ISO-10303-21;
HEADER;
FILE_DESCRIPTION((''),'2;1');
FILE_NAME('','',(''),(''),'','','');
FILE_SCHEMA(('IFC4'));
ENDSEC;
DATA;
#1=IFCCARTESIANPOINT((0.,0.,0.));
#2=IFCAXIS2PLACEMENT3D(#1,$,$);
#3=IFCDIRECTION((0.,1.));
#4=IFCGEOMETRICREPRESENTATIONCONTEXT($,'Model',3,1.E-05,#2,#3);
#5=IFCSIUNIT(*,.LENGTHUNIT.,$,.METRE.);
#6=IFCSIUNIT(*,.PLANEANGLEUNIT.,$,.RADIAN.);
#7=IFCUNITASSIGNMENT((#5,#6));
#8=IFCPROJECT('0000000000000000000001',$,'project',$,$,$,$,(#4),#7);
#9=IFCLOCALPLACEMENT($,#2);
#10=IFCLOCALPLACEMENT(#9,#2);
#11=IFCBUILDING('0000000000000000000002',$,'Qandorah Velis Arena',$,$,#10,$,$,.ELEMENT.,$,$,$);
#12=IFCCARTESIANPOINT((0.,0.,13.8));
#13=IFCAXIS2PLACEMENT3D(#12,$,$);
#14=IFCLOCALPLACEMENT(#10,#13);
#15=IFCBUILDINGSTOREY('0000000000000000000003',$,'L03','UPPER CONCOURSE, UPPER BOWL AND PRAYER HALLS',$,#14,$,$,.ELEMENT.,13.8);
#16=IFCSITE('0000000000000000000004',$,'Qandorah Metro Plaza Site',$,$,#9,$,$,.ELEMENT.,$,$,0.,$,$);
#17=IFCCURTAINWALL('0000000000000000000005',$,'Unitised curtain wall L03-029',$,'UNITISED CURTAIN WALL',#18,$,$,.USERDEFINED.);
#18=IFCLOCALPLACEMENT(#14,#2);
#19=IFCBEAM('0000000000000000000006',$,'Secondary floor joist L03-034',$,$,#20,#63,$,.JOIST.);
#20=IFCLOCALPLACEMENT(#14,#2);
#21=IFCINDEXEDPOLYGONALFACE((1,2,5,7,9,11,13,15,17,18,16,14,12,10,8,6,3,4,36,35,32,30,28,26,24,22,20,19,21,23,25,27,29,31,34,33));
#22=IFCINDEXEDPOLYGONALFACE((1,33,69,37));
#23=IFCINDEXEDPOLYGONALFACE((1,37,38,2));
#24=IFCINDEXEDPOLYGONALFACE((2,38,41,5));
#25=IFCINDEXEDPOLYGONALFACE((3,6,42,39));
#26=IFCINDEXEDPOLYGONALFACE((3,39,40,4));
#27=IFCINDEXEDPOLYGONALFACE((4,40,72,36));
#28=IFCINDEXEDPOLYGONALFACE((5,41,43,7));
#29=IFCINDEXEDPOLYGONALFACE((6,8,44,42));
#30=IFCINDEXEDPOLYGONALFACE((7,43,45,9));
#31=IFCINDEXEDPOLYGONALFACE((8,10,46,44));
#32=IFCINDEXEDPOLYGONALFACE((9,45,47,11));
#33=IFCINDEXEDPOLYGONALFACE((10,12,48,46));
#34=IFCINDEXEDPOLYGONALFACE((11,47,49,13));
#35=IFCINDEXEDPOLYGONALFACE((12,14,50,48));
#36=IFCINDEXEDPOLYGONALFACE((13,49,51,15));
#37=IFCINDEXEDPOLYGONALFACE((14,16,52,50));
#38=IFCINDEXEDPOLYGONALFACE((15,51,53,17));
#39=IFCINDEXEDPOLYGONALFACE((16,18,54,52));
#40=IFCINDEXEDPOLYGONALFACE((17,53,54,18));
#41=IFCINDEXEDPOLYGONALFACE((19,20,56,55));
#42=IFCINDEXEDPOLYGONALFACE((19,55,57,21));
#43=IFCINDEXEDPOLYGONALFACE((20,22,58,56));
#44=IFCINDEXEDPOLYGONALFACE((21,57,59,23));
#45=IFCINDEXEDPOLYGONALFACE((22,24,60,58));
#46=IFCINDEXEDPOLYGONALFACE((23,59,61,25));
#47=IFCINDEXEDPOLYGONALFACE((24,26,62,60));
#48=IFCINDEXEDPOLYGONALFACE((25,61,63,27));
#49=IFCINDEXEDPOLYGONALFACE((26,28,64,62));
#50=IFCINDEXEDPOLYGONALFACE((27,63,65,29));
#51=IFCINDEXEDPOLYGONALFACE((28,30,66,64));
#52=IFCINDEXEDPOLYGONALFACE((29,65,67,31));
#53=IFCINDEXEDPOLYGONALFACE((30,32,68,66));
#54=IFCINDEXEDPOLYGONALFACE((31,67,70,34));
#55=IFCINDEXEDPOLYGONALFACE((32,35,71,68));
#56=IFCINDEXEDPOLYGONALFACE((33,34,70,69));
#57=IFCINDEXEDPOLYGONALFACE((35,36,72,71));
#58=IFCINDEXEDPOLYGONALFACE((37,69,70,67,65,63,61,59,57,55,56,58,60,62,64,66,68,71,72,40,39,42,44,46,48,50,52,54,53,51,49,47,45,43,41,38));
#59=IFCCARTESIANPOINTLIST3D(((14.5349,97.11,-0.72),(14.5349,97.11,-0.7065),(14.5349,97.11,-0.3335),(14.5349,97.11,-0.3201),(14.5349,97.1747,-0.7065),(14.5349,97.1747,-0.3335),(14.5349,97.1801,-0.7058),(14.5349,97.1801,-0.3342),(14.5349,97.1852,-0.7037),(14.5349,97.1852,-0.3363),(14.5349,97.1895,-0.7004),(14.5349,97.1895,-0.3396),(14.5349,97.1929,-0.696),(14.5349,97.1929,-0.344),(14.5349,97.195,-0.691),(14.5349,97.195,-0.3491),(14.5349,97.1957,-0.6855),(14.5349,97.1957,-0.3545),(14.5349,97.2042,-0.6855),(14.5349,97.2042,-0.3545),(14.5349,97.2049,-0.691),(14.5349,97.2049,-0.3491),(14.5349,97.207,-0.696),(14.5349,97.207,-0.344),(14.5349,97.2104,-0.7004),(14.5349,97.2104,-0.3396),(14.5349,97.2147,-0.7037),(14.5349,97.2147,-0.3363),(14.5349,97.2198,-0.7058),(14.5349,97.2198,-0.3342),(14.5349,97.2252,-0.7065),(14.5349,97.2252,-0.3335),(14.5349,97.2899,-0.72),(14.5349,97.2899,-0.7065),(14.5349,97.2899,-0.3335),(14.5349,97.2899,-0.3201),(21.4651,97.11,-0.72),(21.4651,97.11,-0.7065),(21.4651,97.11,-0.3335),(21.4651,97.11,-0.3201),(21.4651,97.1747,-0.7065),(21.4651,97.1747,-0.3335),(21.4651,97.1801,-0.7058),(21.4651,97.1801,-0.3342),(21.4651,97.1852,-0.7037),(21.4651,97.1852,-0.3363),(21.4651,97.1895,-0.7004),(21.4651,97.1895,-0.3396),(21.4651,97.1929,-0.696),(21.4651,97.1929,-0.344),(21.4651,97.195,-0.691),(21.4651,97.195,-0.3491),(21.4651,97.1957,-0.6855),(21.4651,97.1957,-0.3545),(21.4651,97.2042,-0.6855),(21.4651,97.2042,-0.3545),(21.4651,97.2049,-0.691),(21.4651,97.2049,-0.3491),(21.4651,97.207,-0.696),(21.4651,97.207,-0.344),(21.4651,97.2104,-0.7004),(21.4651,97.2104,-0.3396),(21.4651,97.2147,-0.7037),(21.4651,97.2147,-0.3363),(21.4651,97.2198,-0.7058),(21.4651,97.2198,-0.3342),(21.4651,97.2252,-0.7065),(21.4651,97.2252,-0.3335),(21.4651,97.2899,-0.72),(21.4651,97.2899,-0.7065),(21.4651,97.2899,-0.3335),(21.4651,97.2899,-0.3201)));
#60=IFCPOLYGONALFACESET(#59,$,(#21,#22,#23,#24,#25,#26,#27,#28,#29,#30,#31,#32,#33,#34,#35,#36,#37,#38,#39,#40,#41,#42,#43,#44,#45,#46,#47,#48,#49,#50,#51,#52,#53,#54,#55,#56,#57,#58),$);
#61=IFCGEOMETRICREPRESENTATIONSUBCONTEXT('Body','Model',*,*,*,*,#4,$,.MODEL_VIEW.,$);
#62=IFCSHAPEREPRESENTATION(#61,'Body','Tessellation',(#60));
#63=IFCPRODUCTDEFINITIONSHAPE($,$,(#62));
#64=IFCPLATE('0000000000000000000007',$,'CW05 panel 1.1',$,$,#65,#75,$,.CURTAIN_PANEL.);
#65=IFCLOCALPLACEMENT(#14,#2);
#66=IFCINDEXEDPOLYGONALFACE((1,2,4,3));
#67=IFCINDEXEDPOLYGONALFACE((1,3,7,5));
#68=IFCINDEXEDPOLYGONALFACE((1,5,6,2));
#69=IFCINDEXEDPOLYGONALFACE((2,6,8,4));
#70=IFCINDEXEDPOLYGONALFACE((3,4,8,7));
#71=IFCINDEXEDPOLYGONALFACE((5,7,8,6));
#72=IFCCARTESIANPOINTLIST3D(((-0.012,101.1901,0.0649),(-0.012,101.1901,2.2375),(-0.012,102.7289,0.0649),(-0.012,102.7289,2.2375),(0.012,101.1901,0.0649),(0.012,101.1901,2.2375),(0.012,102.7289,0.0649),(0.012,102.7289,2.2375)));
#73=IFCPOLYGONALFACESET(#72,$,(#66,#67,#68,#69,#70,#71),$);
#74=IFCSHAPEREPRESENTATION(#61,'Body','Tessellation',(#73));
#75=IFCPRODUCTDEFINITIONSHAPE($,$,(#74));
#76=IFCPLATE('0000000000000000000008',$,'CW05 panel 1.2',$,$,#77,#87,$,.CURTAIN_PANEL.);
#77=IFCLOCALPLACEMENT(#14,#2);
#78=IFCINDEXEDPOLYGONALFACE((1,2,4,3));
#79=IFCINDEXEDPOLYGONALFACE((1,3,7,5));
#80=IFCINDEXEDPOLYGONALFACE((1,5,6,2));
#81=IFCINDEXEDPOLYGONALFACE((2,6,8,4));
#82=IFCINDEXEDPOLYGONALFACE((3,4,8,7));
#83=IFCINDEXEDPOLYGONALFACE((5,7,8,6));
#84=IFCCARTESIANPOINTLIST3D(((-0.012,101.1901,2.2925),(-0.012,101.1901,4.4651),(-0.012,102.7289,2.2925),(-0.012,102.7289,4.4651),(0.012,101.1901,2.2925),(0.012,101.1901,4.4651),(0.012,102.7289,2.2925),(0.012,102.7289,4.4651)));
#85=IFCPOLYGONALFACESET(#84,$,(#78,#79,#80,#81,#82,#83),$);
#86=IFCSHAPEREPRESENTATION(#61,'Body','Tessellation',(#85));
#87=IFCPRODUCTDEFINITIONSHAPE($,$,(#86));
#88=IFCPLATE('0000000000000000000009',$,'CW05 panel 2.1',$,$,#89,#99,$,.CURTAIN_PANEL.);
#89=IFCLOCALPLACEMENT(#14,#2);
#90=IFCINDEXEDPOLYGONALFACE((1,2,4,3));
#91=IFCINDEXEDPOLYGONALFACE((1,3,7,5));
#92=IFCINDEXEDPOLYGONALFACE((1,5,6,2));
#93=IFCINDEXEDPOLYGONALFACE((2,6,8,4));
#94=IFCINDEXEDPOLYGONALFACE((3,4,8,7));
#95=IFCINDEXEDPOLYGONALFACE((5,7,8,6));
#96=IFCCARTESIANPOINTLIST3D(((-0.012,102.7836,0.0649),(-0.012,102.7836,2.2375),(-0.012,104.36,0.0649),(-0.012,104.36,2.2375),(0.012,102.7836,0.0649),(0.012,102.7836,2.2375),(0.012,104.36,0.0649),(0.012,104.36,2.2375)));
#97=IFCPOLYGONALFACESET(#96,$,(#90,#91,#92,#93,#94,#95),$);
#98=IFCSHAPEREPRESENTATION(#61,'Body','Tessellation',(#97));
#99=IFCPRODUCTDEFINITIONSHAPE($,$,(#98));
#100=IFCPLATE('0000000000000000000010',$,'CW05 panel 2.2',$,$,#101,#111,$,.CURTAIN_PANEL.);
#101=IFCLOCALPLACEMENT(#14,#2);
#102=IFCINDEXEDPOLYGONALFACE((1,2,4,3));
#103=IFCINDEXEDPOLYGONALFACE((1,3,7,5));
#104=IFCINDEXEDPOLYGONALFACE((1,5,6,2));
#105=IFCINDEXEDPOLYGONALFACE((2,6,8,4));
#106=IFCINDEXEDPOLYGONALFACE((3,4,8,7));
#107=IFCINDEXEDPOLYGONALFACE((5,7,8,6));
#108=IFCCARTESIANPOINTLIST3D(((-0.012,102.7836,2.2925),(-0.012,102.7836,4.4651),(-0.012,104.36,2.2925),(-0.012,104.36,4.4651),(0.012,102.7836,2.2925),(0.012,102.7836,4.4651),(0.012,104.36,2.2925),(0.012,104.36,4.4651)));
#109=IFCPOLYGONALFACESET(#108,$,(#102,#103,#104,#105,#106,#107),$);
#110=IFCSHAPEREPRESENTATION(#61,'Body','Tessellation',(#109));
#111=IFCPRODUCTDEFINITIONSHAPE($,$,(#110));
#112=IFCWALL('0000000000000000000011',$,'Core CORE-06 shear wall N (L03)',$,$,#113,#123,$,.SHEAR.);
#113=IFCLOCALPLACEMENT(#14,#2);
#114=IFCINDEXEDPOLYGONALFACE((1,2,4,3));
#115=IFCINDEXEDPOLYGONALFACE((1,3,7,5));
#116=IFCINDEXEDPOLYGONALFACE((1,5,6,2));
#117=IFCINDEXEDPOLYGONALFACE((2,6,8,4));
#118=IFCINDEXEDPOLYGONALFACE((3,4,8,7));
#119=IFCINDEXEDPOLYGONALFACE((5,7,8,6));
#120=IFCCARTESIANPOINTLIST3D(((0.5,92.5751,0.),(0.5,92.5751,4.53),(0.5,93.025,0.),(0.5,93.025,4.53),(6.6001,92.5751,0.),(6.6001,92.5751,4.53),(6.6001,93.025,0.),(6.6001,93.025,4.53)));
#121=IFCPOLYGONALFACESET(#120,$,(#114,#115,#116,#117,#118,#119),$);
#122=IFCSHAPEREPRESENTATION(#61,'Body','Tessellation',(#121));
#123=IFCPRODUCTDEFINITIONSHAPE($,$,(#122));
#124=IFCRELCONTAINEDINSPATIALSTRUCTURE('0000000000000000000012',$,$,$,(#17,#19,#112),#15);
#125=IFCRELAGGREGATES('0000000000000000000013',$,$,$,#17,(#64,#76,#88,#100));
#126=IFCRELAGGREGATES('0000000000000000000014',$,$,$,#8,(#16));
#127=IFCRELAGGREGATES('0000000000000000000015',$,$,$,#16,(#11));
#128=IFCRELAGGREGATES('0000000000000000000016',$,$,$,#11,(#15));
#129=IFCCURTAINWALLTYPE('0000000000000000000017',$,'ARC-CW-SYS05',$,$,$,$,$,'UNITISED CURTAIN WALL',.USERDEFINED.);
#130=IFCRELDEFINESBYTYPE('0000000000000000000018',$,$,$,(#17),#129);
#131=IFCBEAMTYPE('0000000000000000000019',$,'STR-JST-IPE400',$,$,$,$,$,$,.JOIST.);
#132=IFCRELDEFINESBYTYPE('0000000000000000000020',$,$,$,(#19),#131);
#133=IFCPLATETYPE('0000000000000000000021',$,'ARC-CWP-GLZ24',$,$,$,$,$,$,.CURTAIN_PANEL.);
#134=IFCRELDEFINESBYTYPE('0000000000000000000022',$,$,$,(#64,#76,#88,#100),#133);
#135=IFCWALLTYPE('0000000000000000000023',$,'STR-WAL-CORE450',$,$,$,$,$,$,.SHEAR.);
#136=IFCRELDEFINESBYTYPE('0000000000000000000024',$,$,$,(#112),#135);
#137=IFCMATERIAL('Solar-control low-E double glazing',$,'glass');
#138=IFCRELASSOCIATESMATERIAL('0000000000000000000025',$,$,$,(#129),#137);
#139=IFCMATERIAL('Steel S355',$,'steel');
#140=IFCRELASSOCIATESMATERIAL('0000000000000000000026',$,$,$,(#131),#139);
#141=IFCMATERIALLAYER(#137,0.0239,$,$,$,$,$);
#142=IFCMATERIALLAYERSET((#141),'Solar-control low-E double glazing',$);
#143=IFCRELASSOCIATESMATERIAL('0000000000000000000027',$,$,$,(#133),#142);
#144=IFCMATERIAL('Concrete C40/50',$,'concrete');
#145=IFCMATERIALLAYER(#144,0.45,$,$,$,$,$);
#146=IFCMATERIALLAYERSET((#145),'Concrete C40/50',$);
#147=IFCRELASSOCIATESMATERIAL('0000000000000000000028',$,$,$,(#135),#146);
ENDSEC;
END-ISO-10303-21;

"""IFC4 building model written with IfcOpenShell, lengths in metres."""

from ifc_helpers import new_model, si_unit, direction, frame, frame_2d, origin, origin_2d, place, context, subcontext, project, spatial, rectangle, i_section, extrude, material, layer, layer_set, material_profile, profile_set, type_object, element, aggregate, save


model = new_model("IFC4")

# Units and contexts
model_context = context("Model", 3, precision=1e-05, world=origin(), true_north=direction((0.0, 1.0)))
body_context = subcontext(model_context, "Body", "Model", "MODEL_VIEW")
ifc_project = project(units=[si_unit("LENGTHUNIT", "METRE"), si_unit("PLANEANGLEUNIT", "RADIAN")], contexts=[model_context])

# Site, building, storey
site_placement = place(None, origin())
site = spatial("IfcSite", under=ifc_project, at=site_placement, Name="Qandorah Metro Plaza Site", CompositionType="ELEMENT", RefElevation=0.0)
building_placement = place(site_placement, origin())
building = spatial("IfcBuilding", under=site, at=building_placement, Name="Qandorah Velis Arena", CompositionType="ELEMENT")
storey_placement = place(building_placement, frame((0.0, 0.0, 13.8)))
storey = spatial("IfcBuildingStorey", under=building, at=storey_placement, Name="L03", Description="UPPER CONCOURSE, UPPER BOWL AND PRAYER HALLS", CompositionType="ELEMENT", Elevation=13.8)

# Shared definitions
ifc_material_1 = material(Name="Concrete C40/50", Category="concrete")

# Shared definitions
ifc_material_2 = material(Name="Solar-control low-E double glazing", Category="glass")

# Curtain wall
curtain_wall_type_1 = type_object("IfcCurtainWallType", Name="ARC-CW-SYS05", ElementType="UNITISED CURTAIN WALL", PredefinedType="USERDEFINED", material=ifc_material_2)
curtain_wall_1_placement = place(storey_placement, origin())
curtain_wall_1 = element("IfcCurtainWall", 1, at=curtain_wall_1_placement, inside=storey, type_object=curtain_wall_type_1, Name="Unitised curtain wall L03-029", ObjectType="UNITISED CURTAIN WALL", PredefinedType="USERDEFINED")

# Beam
ifc_material_3 = material(Name="Steel S355", Category="steel")
ifc_material_profile_1 = material_profile(ifc_material_3, i_section(OverallWidth=0.1799, OverallDepth=0.3999, WebThickness=0.0085, FlangeThickness=0.0134, FilletRadius=0.021, at=origin_2d()), Name="IPE 400")
ifc_profile_set_1 = profile_set([ifc_material_profile_1], Name="Steel S355")
beam_type_1 = type_object("IfcBeamType", Name="STR-JST-IPE400", PredefinedType="JOIST", material=ifc_profile_set_1)
for number, where, z_axis, x_axis, name in (
    (2, (14.5349, 97.2, -0.52), (1.0, 0.0, 0.0), (0.0, 1.0, 0.0), "Secondary floor joist L03-034"),
):
    element("IfcBeam", number, at=place(storey_placement, frame(where, z_axis=z_axis, x_axis=x_axis)), inside=storey, type_object=beam_type_1, Name=name, PredefinedType="JOIST", context=body_context, shape_type="SweptSolid", body=[
        extrude(i_section(OverallWidth=0.1799, OverallDepth=0.3999, WebThickness=0.0085, FlangeThickness=0.0134, FilletRadius=0.021, at=origin_2d()), origin(), (0.0, 0.0, 1.0), 6.9302),
    ])

# Plates
ifc_layer_1 = layer(ifc_material_2, 0.0239)
ifc_layer_set_1 = layer_set([ifc_layer_1], Name="Solar-control low-E double glazing")
plate_type = type_object("IfcPlateType", Name="ARC-CWP-GLZ24", PredefinedType="CURTAIN_PANEL", material=ifc_layer_set_1)
plate_1_placement = place(storey_placement, frame((0.0, 101.9595, 0.0649), z_axis=(0.0, 0.0, 1.0), x_axis=(0.0, 1.0, 0.0)))
plate_1 = element("IfcPlate", 3, at=plate_1_placement, type_object=plate_type, Name="CW05 panel 1.1", PredefinedType="CURTAIN_PANEL", context=body_context, shape_type="SweptSolid", body=[
    extrude(rectangle(XDim=1.5388, YDim=0.0239, at=origin_2d()), origin(), (0.0, 0.0, 1.0), 2.1726),
])
plate_2_placement = place(storey_placement, frame((0.0, 101.9595, 2.2925), z_axis=(0.0, 0.0, 1.0), x_axis=(0.0, 1.0, 0.0)))
plate_2 = element("IfcPlate", 4, at=plate_2_placement, type_object=plate_type, Name="CW05 panel 1.2", PredefinedType="CURTAIN_PANEL", context=body_context, shape_type="SweptSolid", body=[
    extrude(rectangle(XDim=1.5388, YDim=0.0239, at=origin_2d()), origin(), (0.0, 0.0, 1.0), 2.1726),
])
plate_3_placement = place(storey_placement, frame((0.0, 103.5718, 0.0649), z_axis=(0.0, 0.0, 1.0), x_axis=(0.0, 1.0, 0.0)))
plate_3 = element("IfcPlate", 5, at=plate_3_placement, type_object=plate_type, Name="CW05 panel 2.1", PredefinedType="CURTAIN_PANEL", context=body_context, shape_type="SweptSolid", body=[
    extrude(rectangle(XDim=1.5764, YDim=0.0239, at=origin_2d()), origin(), (0.0, 0.0, 1.0), 2.1726),
])
plate_4_placement = place(storey_placement, frame((0.0, 103.5718, 2.2925), z_axis=(0.0, 0.0, 1.0), x_axis=(0.0, 1.0, 0.0)))
plate_4 = element("IfcPlate", 6, at=plate_4_placement, type_object=plate_type, Name="CW05 panel 2.2", PredefinedType="CURTAIN_PANEL", context=body_context, shape_type="SweptSolid", body=[
    extrude(rectangle(XDim=1.5764, YDim=0.0239, at=origin_2d()), origin(), (0.0, 0.0, 1.0), 2.1726),
])
aggregate(curtain_wall_1, [plate_1, plate_2, plate_3, plate_4])

# Wall
ifc_layer_2 = layer(ifc_material_1, 0.45)
ifc_layer_set_2 = layer_set([ifc_layer_2], Name="Concrete C40/50")
wall_type = type_object("IfcWallType", Name="STR-WAL-CORE450", PredefinedType="SHEAR", material=ifc_layer_set_2)
wall_placement = place(storey_placement, frame((0.5, 92.8, 0.0), z_axis=(0.0, 0.0, 1.0), x_axis=(1.0, 0.0, 0.0)))
element("IfcWall", 7, at=wall_placement, inside=storey, type_object=wall_type, Name="Core CORE-06 shear wall N (L03)", PredefinedType="SHEAR", context=body_context, shape_type="SweptSolid", body=[
    extrude(rectangle(XDim=6.1001, YDim=0.45, at=frame_2d((3.05, 0.0))), origin(), (0.0, 0.0, 1.0), 4.53),
])

save(model, "model.ifc")
